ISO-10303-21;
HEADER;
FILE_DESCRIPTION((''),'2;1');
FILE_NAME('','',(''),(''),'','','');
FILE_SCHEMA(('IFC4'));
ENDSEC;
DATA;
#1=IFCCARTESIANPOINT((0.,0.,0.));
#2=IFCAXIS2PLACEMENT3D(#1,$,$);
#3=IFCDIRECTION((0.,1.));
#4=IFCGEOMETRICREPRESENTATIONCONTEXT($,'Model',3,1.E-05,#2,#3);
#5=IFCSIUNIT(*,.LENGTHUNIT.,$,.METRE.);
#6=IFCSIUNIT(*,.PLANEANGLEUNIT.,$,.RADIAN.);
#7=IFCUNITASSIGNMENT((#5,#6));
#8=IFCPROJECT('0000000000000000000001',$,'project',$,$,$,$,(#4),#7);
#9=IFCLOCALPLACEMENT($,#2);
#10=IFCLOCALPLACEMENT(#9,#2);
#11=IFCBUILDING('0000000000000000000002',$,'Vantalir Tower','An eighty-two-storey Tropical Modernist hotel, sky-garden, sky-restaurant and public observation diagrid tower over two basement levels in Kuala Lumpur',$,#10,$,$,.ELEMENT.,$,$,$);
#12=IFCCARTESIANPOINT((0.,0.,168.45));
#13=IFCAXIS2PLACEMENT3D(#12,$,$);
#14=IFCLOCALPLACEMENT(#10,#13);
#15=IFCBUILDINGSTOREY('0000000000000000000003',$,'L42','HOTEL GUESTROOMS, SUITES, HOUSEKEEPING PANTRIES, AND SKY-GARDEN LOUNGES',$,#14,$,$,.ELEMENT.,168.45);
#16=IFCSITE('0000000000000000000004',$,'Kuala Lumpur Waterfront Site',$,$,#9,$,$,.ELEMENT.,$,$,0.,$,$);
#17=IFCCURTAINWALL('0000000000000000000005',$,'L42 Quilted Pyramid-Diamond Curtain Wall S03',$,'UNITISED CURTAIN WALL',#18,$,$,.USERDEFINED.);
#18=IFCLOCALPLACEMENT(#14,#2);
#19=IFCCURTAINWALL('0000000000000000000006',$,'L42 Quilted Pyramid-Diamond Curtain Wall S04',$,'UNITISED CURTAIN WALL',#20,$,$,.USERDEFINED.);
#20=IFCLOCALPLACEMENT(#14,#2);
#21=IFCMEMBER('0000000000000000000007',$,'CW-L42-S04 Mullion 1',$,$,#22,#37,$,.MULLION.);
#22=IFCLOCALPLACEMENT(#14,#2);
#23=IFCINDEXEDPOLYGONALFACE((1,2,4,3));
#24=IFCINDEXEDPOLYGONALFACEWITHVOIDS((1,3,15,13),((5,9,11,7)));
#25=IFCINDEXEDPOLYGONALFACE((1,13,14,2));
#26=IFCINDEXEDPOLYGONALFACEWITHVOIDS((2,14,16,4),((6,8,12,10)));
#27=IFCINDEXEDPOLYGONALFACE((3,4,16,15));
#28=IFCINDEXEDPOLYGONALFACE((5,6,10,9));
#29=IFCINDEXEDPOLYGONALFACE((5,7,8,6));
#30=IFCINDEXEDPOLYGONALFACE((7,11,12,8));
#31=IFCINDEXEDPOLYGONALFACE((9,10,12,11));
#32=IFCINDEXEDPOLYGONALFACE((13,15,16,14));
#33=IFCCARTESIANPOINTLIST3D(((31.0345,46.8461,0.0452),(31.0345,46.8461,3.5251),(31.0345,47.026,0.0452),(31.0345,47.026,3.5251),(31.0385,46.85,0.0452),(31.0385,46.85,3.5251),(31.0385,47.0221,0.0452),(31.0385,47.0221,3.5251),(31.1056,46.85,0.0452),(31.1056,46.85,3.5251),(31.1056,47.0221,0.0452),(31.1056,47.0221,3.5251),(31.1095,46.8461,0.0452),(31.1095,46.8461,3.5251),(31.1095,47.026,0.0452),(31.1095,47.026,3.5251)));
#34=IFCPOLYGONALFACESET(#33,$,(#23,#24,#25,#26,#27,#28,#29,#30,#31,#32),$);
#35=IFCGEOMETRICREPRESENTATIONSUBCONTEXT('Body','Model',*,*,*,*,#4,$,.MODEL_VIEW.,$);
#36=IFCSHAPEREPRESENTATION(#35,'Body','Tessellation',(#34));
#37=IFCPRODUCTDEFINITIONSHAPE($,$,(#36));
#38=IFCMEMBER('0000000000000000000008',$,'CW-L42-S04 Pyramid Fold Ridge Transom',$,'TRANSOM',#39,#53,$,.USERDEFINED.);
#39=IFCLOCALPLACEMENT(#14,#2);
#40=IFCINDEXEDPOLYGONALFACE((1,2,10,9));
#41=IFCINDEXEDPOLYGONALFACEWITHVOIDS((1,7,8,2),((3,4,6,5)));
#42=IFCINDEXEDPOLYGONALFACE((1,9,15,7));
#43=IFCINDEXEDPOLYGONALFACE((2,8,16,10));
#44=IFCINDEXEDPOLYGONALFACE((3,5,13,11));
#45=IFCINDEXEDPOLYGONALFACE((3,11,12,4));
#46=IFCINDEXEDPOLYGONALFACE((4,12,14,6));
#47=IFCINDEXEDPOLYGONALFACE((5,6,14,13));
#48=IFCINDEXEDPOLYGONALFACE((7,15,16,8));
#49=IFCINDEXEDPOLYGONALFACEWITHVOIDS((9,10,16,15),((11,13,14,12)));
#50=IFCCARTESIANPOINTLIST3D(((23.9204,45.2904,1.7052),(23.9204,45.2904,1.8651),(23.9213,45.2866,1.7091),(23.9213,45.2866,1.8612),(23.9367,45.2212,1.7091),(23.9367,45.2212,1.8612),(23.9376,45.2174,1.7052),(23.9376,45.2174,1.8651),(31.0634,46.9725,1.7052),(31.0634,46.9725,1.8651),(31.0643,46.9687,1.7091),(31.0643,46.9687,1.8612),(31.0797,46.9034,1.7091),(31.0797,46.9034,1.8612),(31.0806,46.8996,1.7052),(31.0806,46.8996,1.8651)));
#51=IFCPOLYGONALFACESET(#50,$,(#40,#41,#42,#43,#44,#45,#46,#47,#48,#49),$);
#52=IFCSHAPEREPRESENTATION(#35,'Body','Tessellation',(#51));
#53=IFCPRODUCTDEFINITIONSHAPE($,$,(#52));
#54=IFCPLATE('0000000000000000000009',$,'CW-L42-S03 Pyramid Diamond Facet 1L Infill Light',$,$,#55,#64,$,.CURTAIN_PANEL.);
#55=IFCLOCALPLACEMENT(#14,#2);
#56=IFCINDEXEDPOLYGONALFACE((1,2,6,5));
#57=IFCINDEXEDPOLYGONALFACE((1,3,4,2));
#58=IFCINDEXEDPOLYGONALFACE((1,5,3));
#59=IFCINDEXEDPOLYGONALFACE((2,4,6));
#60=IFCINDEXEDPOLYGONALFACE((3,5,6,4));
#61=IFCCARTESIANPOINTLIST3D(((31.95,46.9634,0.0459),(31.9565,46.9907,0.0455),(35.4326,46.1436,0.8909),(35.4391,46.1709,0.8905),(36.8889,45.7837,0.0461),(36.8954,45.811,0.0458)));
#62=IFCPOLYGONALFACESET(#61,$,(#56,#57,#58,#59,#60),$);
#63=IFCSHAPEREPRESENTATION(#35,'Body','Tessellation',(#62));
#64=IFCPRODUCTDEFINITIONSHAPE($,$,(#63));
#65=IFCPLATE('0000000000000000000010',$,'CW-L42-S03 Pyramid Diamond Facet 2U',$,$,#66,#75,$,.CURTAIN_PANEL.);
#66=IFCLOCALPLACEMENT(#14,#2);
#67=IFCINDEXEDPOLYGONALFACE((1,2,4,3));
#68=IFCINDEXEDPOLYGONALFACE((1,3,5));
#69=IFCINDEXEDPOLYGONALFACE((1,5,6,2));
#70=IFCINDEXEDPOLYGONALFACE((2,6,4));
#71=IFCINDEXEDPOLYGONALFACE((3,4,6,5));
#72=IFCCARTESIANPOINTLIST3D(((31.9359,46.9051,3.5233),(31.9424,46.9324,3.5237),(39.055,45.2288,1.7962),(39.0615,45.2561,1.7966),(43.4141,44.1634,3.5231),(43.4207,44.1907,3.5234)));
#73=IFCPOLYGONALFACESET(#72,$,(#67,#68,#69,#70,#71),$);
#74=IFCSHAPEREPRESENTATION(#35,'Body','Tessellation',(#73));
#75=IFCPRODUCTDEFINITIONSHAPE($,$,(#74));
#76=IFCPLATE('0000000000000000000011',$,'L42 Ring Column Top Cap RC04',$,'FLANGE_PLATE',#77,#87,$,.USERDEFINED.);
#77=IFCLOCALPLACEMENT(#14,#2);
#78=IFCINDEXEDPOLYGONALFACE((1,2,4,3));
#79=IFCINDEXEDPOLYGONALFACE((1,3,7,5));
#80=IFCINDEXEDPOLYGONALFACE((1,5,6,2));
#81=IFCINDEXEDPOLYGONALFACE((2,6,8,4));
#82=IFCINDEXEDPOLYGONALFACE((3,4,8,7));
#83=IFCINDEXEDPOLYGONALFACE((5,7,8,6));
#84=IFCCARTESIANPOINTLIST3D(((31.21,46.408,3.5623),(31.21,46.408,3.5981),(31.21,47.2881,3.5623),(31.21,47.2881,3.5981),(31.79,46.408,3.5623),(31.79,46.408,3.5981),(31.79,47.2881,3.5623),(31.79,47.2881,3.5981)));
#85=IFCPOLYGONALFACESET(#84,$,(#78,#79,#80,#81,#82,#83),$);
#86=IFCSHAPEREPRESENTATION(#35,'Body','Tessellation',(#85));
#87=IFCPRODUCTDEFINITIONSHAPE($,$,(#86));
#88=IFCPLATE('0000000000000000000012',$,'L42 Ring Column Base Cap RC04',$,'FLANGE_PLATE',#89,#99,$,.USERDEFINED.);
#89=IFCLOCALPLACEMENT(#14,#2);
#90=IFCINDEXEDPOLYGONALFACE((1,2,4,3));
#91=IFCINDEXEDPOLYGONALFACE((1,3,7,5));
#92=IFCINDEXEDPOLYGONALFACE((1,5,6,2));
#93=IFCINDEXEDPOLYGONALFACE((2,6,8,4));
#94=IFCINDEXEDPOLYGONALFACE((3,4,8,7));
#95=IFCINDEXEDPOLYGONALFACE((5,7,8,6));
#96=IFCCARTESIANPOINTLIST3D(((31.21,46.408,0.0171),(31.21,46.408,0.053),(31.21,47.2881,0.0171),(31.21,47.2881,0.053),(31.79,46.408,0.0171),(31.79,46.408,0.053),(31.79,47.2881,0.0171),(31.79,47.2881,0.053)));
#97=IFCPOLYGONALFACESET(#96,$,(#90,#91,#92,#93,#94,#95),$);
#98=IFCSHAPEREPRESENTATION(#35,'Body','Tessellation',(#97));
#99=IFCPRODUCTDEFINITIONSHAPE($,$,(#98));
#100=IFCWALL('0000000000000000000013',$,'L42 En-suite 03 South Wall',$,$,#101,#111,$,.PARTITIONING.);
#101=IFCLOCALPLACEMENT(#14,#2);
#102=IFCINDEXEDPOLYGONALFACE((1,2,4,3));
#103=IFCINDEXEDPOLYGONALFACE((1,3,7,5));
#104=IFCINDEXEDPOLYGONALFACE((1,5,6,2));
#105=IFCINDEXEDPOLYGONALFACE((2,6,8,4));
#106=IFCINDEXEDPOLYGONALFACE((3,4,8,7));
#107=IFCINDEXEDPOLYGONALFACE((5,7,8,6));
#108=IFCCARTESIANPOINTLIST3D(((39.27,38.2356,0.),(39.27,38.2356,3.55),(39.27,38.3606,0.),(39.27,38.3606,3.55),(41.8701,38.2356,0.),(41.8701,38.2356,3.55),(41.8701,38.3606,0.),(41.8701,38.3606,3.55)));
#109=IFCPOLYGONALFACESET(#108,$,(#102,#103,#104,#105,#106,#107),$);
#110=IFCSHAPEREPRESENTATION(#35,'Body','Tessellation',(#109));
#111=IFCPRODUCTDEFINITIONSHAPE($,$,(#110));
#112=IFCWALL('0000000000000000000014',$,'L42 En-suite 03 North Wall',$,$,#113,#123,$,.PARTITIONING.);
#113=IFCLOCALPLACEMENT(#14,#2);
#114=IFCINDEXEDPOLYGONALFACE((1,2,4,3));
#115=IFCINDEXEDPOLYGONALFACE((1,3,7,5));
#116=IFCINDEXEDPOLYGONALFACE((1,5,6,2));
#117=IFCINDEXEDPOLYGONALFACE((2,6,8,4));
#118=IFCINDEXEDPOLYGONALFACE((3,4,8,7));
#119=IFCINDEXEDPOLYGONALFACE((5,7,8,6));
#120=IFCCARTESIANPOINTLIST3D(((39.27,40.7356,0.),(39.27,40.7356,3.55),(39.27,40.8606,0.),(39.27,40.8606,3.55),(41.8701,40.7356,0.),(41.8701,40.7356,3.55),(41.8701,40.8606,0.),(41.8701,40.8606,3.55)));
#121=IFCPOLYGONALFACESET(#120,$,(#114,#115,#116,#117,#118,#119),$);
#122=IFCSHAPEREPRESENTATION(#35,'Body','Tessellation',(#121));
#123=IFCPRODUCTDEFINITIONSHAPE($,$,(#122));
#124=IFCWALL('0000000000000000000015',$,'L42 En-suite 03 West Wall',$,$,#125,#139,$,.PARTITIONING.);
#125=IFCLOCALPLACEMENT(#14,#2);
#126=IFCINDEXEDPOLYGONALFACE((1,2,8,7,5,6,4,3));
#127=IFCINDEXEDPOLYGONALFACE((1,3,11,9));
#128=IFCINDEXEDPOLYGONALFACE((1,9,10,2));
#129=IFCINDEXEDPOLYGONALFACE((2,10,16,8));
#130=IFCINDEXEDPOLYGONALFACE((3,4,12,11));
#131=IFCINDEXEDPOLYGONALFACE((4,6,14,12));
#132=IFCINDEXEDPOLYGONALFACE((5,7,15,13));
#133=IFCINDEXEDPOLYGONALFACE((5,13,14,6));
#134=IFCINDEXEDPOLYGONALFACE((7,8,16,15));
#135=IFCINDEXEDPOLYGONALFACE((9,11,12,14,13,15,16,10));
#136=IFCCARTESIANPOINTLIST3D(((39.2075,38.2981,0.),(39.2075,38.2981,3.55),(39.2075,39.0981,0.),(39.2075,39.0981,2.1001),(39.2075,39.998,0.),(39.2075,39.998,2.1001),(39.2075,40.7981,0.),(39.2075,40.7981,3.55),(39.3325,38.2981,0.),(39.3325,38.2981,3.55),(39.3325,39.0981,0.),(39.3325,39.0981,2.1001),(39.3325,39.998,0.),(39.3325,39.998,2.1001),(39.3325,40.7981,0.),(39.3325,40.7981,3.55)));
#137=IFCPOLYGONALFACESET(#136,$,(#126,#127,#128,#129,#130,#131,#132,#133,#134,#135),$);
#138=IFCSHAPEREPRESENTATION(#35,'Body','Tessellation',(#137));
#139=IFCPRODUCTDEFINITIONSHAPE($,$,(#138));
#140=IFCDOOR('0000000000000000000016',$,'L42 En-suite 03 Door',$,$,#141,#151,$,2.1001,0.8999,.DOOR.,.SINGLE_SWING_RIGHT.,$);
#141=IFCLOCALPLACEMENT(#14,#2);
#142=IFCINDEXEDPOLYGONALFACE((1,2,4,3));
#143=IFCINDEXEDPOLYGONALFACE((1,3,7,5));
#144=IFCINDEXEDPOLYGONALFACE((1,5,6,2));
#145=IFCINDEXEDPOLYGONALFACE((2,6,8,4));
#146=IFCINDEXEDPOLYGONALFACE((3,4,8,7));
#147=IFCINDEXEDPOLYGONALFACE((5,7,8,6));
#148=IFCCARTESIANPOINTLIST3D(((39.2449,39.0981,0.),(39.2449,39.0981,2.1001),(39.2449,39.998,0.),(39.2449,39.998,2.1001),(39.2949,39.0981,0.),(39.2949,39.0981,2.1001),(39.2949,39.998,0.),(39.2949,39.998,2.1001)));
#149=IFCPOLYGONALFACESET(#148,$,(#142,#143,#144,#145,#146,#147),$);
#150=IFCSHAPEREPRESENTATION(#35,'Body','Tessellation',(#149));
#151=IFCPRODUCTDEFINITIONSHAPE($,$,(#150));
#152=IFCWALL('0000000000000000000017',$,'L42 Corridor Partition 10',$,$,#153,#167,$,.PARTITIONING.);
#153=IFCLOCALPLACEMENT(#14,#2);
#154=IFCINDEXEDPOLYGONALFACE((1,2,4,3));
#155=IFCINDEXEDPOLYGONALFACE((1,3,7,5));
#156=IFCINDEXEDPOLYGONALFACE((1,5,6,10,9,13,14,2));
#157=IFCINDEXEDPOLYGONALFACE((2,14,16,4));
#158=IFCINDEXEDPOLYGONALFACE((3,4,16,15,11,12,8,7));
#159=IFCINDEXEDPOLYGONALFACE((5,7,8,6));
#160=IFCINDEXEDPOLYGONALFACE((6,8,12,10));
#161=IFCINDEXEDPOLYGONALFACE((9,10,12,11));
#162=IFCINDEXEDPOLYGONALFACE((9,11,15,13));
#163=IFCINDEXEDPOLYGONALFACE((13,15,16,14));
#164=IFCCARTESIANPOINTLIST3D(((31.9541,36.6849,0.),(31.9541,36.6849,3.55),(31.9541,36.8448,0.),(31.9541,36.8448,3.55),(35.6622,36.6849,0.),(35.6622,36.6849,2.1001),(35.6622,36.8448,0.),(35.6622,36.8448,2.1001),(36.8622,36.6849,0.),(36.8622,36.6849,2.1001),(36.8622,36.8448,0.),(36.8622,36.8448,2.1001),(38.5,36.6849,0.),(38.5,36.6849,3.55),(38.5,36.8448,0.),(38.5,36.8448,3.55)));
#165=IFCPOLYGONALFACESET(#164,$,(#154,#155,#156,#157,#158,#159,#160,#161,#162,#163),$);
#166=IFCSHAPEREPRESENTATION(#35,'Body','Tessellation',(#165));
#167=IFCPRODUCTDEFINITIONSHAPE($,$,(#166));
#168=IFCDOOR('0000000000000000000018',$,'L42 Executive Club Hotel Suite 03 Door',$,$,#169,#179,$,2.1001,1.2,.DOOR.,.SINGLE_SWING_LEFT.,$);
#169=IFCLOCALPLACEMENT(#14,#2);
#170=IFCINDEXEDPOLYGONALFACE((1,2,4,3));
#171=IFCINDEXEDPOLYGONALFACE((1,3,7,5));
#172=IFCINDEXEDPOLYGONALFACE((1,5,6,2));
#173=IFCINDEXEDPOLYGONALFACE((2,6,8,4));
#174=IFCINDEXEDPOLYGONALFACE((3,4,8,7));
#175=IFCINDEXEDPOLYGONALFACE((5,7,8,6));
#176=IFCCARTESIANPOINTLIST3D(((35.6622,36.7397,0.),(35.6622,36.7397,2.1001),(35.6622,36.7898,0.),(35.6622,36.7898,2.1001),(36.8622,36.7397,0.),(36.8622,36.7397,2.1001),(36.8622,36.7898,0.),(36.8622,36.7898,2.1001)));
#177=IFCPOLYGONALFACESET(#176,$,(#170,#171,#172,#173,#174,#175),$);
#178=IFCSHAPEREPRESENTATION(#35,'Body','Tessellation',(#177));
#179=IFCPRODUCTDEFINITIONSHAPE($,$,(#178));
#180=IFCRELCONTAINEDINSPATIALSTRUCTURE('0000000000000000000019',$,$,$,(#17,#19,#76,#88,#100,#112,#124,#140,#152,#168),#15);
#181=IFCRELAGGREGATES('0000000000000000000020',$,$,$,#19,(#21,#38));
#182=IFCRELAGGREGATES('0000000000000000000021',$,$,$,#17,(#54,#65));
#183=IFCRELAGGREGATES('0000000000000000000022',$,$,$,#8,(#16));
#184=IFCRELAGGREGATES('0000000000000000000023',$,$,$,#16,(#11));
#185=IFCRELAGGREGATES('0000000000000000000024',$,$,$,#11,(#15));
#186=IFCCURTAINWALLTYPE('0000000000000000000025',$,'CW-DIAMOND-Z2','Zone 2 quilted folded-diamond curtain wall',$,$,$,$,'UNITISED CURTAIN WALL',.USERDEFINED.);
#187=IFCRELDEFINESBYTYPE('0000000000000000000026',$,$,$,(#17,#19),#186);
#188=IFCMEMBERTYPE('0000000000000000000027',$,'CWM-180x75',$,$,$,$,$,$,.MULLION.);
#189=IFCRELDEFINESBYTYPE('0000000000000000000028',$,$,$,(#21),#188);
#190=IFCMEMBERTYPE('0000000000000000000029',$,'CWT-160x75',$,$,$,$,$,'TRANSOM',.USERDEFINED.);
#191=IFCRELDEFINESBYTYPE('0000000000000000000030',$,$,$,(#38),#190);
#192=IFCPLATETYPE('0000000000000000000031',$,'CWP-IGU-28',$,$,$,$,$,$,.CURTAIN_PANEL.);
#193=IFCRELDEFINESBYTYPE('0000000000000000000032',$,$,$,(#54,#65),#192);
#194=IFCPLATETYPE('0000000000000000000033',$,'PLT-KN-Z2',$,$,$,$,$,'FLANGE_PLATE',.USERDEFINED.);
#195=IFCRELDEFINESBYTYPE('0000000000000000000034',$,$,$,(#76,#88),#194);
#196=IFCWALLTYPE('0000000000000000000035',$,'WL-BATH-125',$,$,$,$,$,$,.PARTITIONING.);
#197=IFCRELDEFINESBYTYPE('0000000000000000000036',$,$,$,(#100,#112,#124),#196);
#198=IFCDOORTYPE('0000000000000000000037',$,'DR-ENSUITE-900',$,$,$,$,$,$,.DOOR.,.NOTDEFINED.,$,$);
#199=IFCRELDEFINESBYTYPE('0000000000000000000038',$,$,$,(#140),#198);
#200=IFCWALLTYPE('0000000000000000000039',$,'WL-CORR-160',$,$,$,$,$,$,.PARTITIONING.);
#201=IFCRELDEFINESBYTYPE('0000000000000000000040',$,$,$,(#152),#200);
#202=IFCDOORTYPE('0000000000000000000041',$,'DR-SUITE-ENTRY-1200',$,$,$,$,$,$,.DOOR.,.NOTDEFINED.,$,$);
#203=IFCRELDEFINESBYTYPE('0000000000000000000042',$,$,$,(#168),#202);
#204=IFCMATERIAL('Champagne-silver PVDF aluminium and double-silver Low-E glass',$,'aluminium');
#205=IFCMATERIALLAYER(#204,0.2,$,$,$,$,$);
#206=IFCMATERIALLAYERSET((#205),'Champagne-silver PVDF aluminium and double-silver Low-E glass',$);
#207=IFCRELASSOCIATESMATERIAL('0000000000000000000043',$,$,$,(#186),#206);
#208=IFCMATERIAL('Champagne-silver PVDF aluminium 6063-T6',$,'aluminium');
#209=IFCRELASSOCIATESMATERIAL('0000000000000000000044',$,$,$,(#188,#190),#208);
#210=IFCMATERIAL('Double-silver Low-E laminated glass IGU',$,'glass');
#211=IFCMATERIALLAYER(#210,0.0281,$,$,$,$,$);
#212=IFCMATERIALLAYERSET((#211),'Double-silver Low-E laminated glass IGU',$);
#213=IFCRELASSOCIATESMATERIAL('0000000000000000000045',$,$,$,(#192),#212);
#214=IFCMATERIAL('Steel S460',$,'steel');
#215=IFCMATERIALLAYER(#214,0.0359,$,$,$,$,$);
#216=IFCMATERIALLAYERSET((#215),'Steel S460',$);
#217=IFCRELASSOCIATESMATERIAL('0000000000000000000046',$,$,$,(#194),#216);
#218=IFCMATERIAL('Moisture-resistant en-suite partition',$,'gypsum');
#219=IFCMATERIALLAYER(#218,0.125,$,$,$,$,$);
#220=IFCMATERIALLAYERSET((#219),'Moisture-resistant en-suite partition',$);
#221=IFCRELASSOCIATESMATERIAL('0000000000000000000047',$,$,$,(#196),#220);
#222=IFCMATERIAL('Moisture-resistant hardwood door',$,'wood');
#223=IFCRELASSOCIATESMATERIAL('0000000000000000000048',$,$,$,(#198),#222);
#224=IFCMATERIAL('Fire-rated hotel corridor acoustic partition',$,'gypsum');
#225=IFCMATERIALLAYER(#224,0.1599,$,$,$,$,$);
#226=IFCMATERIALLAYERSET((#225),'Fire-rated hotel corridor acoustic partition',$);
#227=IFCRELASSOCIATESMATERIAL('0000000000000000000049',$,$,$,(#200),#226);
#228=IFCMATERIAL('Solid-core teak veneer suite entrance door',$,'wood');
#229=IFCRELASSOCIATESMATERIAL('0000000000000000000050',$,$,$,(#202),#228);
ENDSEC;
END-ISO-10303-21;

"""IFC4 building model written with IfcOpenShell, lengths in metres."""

from ifc_helpers import new_model, si_unit, direction, frame, frame_2d, origin, origin_2d, place, context, subcontext, project, spatial, polyline, rectangle, hollow_rectangle, outline, extrude, material, layer, layer_set, material_profile, profile_set, type_object, element, fill, aggregate, save


model = new_model("IFC4")

# Units and contexts
model_context = context("Model", 3, precision=1e-05, world=origin(), true_north=direction((0.0, 1.0)))
body_context = subcontext(model_context, "Body", "Model", "MODEL_VIEW")
ifc_project = project(units=[si_unit("LENGTHUNIT", "METRE"), si_unit("PLANEANGLEUNIT", "RADIAN")], contexts=[model_context])

# Site, building, storey
site_placement = place(None, origin())
site = spatial("IfcSite", under=ifc_project, at=site_placement, Name="Kuala Lumpur Waterfront Site", CompositionType="ELEMENT", RefElevation=0.0)
building_placement = place(site_placement, origin())
building = spatial("IfcBuilding", under=site, at=building_placement, Name="Vantalir Tower", Description="An eighty-two-storey Tropical Modernist hotel, sky-garden, sky-restaurant and public observation diagrid tower over two basement levels in Kuala Lumpur", CompositionType="ELEMENT")
storey_placement = place(building_placement, frame((0.0, 0.0, 168.45)))
storey = spatial("IfcBuildingStorey", under=building, at=storey_placement, Name="L42", Description="HOTEL GUESTROOMS, SUITES, HOUSEKEEPING PANTRIES, AND SKY-GARDEN LOUNGES", CompositionType="ELEMENT", Elevation=168.45)

# Shared definitions
ifc_material_1 = material(Name="Steel S460", Category="steel")

# Curtain wall
ifc_material_2 = material(Name="Champagne-silver PVDF aluminium and double-silver Low-E glass", Category="aluminium")
ifc_layer_1 = layer(ifc_material_2, 0.2)
ifc_layer_set_1 = layer_set([ifc_layer_1], Name="Champagne-silver PVDF aluminium and double-silver Low-E glass")
curtain_wall_type = type_object("IfcCurtainWallType", Name="CW-DIAMOND-Z2", Description="Zone 2 quilted folded-diamond curtain wall", ElementType="UNITISED CURTAIN WALL", PredefinedType="USERDEFINED", material=ifc_layer_set_1)
curtain_wall_1_placement = place(storey_placement, origin())
curtain_wall_1 = element("IfcCurtainWall", 1, at=curtain_wall_1_placement, inside=storey, type_object=curtain_wall_type, Name="L42 Quilted Pyramid-Diamond Curtain Wall S03", ObjectType="UNITISED CURTAIN WALL", PredefinedType="USERDEFINED")
ifc_material_3 = material(Name="Champagne-silver PVDF aluminium 6063-T6", Category="aluminium")
ifc_material_profile_1 = material_profile(ifc_material_3, hollow_rectangle(XDim=0.075, YDim=0.1799, WallThickness=0.0039, at=origin_2d()), Name="Champagne-silver PVDF aluminium 6063-T6")
ifc_profile_set_1 = profile_set([ifc_material_profile_1], Name="Champagne-silver PVDF aluminium 6063-T6")
member_type_1 = type_object("IfcMemberType", Name="CWM-180x75", PredefinedType="MULLION", material=ifc_profile_set_1)

# Curtain wall, members
curtain_wall_2_placement = place(storey_placement, origin())
curtain_wall_2 = element("IfcCurtainWall", 2, at=curtain_wall_2_placement, inside=storey, type_object=curtain_wall_type, Name="L42 Quilted Pyramid-Diamond Curtain Wall S04", ObjectType="UNITISED CURTAIN WALL", PredefinedType="USERDEFINED")
member_1_placement = place(storey_placement, frame((31.072, 46.936, 0.0452), z_axis=(0.0, 0.0, 1.0), x_axis=(1.0, 0.0, 0.0)))
member_1 = element("IfcMember", 3, at=member_1_placement, type_object=member_type_1, Name="CW-L42-S04 Mullion 1", PredefinedType="MULLION", context=body_context, shape_type="SweptSolid", body=[
    extrude(hollow_rectangle(XDim=0.075, YDim=0.1799, WallThickness=0.0039, at=origin_2d()), origin(), (0.0, 0.0, 1.0), 3.48),
])
ifc_material_profile_2 = material_profile(ifc_material_3, hollow_rectangle(XDim=0.075, YDim=0.1599, WallThickness=0.0039, at=origin_2d()), Name="Champagne-silver PVDF aluminium 6063-T6")
ifc_profile_set_2 = profile_set([ifc_material_profile_2], Name="Champagne-silver PVDF aluminium 6063-T6")
member_type_2 = type_object("IfcMemberType", Name="CWT-160x75", ElementType="TRANSOM", PredefinedType="USERDEFINED", material=ifc_profile_set_2)
member_2_placement = place(storey_placement, frame((31.072, 46.936, 1.7852), z_axis=(-0.973374, -0.229221, 0.0), x_axis=(0.229221, -0.973374, 0.0)))
member_2 = element("IfcMember", 4, at=member_2_placement, type_object=member_type_2, Name="CW-L42-S04 Pyramid Fold Ridge Transom", ObjectType="TRANSOM", PredefinedType="USERDEFINED", context=body_context, shape_type="SweptSolid", body=[
    extrude(hollow_rectangle(XDim=0.075, YDim=0.1599, WallThickness=0.0039, at=origin_2d()), origin(), (0.0, 0.0, 1.0), 7.3384),
])
aggregate(curtain_wall_2, [member_1, member_2])

# Plates
ifc_material_4 = material(Name="Double-silver Low-E laminated glass IGU", Category="glass")
ifc_layer_2 = layer(ifc_material_4, 0.0281)
ifc_layer_set_2 = layer_set([ifc_layer_2], Name="Double-silver Low-E laminated glass IGU")
plate_type_1 = type_object("IfcPlateType", Name="CWP-IGU-28", PredefinedType="CURTAIN_PANEL", material=ifc_layer_set_2)
plate_1_placement = place(storey_placement, frame((36.8889, 45.7837, 0.0461), z_axis=(-0.232297, -0.972547, 0.01384), x_axis=(-0.97264, 0.232318, -0.000048)))
plate_1 = element("IfcPlate", 5, at=plate_1_placement, type_object=plate_type_1, Name="CW-L42-S03 Pyramid Diamond Facet 1L Infill Light", PredefinedType="CURTAIN_PANEL", context=body_context, shape_type="SweptSolid", body=[
    extrude(outline(polyline([(0.0, 0.0), (5.0779, 0.0), (1.5, -0.8449), (0.0, 0.0)])), origin(), (0.0, 0.0, -1.0), 0.0281),
])
plate_2_placement = place(storey_placement, frame((31.9424, 46.9324, 3.5237), z_axis=(0.232303, 0.972548, 0.013633), x_axis=(0.972638, -0.232324, -0.000021)))
plate_2 = element("IfcPlate", 6, at=plate_2_placement, type_object=plate_type_1, Name="CW-L42-S03 Pyramid Diamond Facet 2U", PredefinedType="CURTAIN_PANEL", context=body_context, shape_type="SweptSolid", body=[
    extrude(outline(polyline([(0.0, 0.0), (11.8012, 0.0), (7.3138, 1.7271), (0.0, 0.0)])), origin(), (0.0, 0.0, -1.0), 0.0281),
])
aggregate(curtain_wall_1, [plate_1, plate_2])

# Plates
ifc_layer_3 = layer(ifc_material_1, 0.0359)
ifc_layer_set_3 = layer_set([ifc_layer_3], Name="Steel S460")
plate_type_2 = type_object("IfcPlateType", Name="PLT-KN-Z2", ElementType="FLANGE_PLATE", PredefinedType="USERDEFINED", material=ifc_layer_set_3)
for number, where, z_axis, x_axis, name in (
    (7, (31.21, 47.2881, 3.5981), (0.0, 0.0, 1.0), (0.0, -1.0, 0.0), "L42 Ring Column Top Cap RC04"),
    (8, (31.21, 47.2881, 0.053), (0.0, 0.0, 1.0), (0.0, -1.0, 0.0), "L42 Ring Column Base Cap RC04"),
):
    element("IfcPlate", number, at=place(storey_placement, frame(where, z_axis=z_axis, x_axis=x_axis)), inside=storey, type_object=plate_type_2, Name=name, ObjectType="FLANGE_PLATE", PredefinedType="USERDEFINED", context=body_context, shape_type="SweptSolid", body=[
        extrude(outline(polyline([(0.0, 0.0), (0.8801, 0.0), (0.8801, 0.5801), (0.0, 0.5801), (0.0, 0.0)])), origin(), (0.0, 0.0, -1.0), 0.0359),
    ])

# Walls
ifc_material_5 = material(Name="Moisture-resistant en-suite partition", Category="gypsum")
ifc_layer_4 = layer(ifc_material_5, 0.125)
ifc_layer_set_4 = layer_set([ifc_layer_4], Name="Moisture-resistant en-suite partition")
wall_type_1 = type_object("IfcWallType", Name="WL-BATH-125", PredefinedType="PARTITIONING", material=ifc_layer_set_4)
for number, where, z_axis, x_axis, name in (
    (9, (39.27, 38.2981, 0.0), (0.0, 0.0, 1.0), (1.0, 0.0, 0.0), "L42 En-suite 03 South Wall"),
    (10, (39.27, 40.7981, 0.0), (0.0, 0.0, 1.0), (1.0, 0.0, 0.0), "L42 En-suite 03 North Wall"),
):
    element("IfcWall", number, at=place(storey_placement, frame(where, z_axis=z_axis, x_axis=x_axis)), inside=storey, type_object=wall_type_1, Name=name, PredefinedType="PARTITIONING", context=body_context, shape_type="SweptSolid", body=[
        extrude(rectangle(XDim=2.6001, YDim=0.125, at=frame_2d((1.3, 0.0))), origin(), (0.0, 0.0, 1.0), 3.55),
    ])

# Walls, openings, doors
wall_1_placement = place(storey_placement, frame((39.27, 38.2981, 0.0), z_axis=(0.0, 0.0, 1.0), x_axis=(0.0, 1.0, 0.0)))
wall_1 = element("IfcWall", 11, at=wall_1_placement, inside=storey, type_object=wall_type_1, Name="L42 En-suite 03 West Wall", PredefinedType="PARTITIONING", context=body_context, shape_type="SweptSolid", body=[
    extrude(rectangle(XDim=2.5, YDim=0.125, at=frame_2d((1.25, 0.0))), origin(), (0.0, 0.0, 1.0), 3.55),
])
opening_1_placement = place(wall_1_placement, frame((0.8, 0.0, 0.0)))
opening_1 = element("IfcOpeningElement", 12, at=opening_1_placement, cuts=wall_1, PredefinedType="OPENING", context=body_context, shape_type="SweptSolid", body=[
    extrude(rectangle(XDim=0.8999, YDim=2.1001, at=frame_2d((0.45, 1.05))), frame((0.0, 0.0725, 0.0), z_axis=(0.0, -1.0, 0.0), x_axis=(1.0, 0.0, 0.0)), (0.0, 0.0, 1.0), 0.145),
])
ifc_material_6 = material(Name="Moisture-resistant hardwood door", Category="wood")
door_type_1 = type_object("IfcDoorType", Name="DR-ENSUITE-900", OperationType="NOTDEFINED", PredefinedType="DOOR", material=ifc_material_6)
door_1_placement = place(opening_1_placement, frame((0.8999, 0.0, 0.0), z_axis=(0.0, 0.0, 1.0), x_axis=(-1.0, 0.0, 0.0)))
door_1 = element("IfcDoor", 13, at=door_1_placement, inside=storey, type_object=door_type_1, Name="L42 En-suite 03 Door", OperationType="SINGLE_SWING_RIGHT", OverallHeight=2.1001, OverallWidth=0.8999, PredefinedType="DOOR", context=body_context, shape_type="SweptSolid", body=[
    extrude(rectangle(XDim=0.8999, YDim=2.1001, at=frame_2d((0.45, 1.05))), frame((0.0, 0.0249, 0.0), z_axis=(0.0, -1.0, 0.0), x_axis=(1.0, 0.0, 0.0)), (0.0, 0.0, 1.0), 0.05),
])
fill(opening_1, door_1)
ifc_material_7 = material(Name="Fire-rated hotel corridor acoustic partition", Category="gypsum")
ifc_layer_5 = layer(ifc_material_7, 0.1599)
ifc_layer_set_5 = layer_set([ifc_layer_5], Name="Fire-rated hotel corridor acoustic partition")
wall_type_2 = type_object("IfcWallType", Name="WL-CORR-160", PredefinedType="PARTITIONING", material=ifc_layer_set_5)
wall_2_placement = place(storey_placement, frame((31.9541, 36.7649, 0.0), z_axis=(0.0, 0.0, 1.0), x_axis=(1.0, 0.0, 0.0)))
wall_2 = element("IfcWall", 14, at=wall_2_placement, inside=storey, type_object=wall_type_2, Name="L42 Corridor Partition 10", PredefinedType="PARTITIONING", context=body_context, shape_type="SweptSolid", body=[
    extrude(rectangle(XDim=6.5459, YDim=0.1599, at=frame_2d((3.2729, 0.0))), origin(), (0.0, 0.0, 1.0), 3.55),
])
opening_2_placement = place(wall_2_placement, frame((3.708, 0.0, 0.0)))
opening_2 = element("IfcOpeningElement", 15, at=opening_2_placement, cuts=wall_2, PredefinedType="OPENING", context=body_context, shape_type="SweptSolid", body=[
    extrude(rectangle(XDim=1.2, YDim=2.1001, at=frame_2d((0.6001, 1.05))), frame((0.0, 0.0898, 0.0), z_axis=(0.0, -1.0, 0.0), x_axis=(1.0, 0.0, 0.0)), (0.0, 0.0, 1.0), 0.1799),
])
ifc_material_8 = material(Name="Solid-core teak veneer suite entrance door", Category="wood")
door_type_2 = type_object("IfcDoorType", Name="DR-SUITE-ENTRY-1200", OperationType="NOTDEFINED", PredefinedType="DOOR", material=ifc_material_8)
door_2_placement = place(opening_2_placement, origin())
door_2 = element("IfcDoor", 16, at=door_2_placement, inside=storey, type_object=door_type_2, Name="L42 Executive Club Hotel Suite 03 Door", OperationType="SINGLE_SWING_LEFT", OverallHeight=2.1001, OverallWidth=1.2, PredefinedType="DOOR", context=body_context, shape_type="SweptSolid", body=[
    extrude(rectangle(XDim=1.2, YDim=2.1001, at=frame_2d((0.6001, 1.05))), frame((0.0, 0.0249, 0.0), z_axis=(0.0, -1.0, 0.0), x_axis=(1.0, 0.0, 0.0)), (0.0, 0.0, 1.0), 0.05),
])
fill(opening_2, door_2)

save(model, "model.ifc")
